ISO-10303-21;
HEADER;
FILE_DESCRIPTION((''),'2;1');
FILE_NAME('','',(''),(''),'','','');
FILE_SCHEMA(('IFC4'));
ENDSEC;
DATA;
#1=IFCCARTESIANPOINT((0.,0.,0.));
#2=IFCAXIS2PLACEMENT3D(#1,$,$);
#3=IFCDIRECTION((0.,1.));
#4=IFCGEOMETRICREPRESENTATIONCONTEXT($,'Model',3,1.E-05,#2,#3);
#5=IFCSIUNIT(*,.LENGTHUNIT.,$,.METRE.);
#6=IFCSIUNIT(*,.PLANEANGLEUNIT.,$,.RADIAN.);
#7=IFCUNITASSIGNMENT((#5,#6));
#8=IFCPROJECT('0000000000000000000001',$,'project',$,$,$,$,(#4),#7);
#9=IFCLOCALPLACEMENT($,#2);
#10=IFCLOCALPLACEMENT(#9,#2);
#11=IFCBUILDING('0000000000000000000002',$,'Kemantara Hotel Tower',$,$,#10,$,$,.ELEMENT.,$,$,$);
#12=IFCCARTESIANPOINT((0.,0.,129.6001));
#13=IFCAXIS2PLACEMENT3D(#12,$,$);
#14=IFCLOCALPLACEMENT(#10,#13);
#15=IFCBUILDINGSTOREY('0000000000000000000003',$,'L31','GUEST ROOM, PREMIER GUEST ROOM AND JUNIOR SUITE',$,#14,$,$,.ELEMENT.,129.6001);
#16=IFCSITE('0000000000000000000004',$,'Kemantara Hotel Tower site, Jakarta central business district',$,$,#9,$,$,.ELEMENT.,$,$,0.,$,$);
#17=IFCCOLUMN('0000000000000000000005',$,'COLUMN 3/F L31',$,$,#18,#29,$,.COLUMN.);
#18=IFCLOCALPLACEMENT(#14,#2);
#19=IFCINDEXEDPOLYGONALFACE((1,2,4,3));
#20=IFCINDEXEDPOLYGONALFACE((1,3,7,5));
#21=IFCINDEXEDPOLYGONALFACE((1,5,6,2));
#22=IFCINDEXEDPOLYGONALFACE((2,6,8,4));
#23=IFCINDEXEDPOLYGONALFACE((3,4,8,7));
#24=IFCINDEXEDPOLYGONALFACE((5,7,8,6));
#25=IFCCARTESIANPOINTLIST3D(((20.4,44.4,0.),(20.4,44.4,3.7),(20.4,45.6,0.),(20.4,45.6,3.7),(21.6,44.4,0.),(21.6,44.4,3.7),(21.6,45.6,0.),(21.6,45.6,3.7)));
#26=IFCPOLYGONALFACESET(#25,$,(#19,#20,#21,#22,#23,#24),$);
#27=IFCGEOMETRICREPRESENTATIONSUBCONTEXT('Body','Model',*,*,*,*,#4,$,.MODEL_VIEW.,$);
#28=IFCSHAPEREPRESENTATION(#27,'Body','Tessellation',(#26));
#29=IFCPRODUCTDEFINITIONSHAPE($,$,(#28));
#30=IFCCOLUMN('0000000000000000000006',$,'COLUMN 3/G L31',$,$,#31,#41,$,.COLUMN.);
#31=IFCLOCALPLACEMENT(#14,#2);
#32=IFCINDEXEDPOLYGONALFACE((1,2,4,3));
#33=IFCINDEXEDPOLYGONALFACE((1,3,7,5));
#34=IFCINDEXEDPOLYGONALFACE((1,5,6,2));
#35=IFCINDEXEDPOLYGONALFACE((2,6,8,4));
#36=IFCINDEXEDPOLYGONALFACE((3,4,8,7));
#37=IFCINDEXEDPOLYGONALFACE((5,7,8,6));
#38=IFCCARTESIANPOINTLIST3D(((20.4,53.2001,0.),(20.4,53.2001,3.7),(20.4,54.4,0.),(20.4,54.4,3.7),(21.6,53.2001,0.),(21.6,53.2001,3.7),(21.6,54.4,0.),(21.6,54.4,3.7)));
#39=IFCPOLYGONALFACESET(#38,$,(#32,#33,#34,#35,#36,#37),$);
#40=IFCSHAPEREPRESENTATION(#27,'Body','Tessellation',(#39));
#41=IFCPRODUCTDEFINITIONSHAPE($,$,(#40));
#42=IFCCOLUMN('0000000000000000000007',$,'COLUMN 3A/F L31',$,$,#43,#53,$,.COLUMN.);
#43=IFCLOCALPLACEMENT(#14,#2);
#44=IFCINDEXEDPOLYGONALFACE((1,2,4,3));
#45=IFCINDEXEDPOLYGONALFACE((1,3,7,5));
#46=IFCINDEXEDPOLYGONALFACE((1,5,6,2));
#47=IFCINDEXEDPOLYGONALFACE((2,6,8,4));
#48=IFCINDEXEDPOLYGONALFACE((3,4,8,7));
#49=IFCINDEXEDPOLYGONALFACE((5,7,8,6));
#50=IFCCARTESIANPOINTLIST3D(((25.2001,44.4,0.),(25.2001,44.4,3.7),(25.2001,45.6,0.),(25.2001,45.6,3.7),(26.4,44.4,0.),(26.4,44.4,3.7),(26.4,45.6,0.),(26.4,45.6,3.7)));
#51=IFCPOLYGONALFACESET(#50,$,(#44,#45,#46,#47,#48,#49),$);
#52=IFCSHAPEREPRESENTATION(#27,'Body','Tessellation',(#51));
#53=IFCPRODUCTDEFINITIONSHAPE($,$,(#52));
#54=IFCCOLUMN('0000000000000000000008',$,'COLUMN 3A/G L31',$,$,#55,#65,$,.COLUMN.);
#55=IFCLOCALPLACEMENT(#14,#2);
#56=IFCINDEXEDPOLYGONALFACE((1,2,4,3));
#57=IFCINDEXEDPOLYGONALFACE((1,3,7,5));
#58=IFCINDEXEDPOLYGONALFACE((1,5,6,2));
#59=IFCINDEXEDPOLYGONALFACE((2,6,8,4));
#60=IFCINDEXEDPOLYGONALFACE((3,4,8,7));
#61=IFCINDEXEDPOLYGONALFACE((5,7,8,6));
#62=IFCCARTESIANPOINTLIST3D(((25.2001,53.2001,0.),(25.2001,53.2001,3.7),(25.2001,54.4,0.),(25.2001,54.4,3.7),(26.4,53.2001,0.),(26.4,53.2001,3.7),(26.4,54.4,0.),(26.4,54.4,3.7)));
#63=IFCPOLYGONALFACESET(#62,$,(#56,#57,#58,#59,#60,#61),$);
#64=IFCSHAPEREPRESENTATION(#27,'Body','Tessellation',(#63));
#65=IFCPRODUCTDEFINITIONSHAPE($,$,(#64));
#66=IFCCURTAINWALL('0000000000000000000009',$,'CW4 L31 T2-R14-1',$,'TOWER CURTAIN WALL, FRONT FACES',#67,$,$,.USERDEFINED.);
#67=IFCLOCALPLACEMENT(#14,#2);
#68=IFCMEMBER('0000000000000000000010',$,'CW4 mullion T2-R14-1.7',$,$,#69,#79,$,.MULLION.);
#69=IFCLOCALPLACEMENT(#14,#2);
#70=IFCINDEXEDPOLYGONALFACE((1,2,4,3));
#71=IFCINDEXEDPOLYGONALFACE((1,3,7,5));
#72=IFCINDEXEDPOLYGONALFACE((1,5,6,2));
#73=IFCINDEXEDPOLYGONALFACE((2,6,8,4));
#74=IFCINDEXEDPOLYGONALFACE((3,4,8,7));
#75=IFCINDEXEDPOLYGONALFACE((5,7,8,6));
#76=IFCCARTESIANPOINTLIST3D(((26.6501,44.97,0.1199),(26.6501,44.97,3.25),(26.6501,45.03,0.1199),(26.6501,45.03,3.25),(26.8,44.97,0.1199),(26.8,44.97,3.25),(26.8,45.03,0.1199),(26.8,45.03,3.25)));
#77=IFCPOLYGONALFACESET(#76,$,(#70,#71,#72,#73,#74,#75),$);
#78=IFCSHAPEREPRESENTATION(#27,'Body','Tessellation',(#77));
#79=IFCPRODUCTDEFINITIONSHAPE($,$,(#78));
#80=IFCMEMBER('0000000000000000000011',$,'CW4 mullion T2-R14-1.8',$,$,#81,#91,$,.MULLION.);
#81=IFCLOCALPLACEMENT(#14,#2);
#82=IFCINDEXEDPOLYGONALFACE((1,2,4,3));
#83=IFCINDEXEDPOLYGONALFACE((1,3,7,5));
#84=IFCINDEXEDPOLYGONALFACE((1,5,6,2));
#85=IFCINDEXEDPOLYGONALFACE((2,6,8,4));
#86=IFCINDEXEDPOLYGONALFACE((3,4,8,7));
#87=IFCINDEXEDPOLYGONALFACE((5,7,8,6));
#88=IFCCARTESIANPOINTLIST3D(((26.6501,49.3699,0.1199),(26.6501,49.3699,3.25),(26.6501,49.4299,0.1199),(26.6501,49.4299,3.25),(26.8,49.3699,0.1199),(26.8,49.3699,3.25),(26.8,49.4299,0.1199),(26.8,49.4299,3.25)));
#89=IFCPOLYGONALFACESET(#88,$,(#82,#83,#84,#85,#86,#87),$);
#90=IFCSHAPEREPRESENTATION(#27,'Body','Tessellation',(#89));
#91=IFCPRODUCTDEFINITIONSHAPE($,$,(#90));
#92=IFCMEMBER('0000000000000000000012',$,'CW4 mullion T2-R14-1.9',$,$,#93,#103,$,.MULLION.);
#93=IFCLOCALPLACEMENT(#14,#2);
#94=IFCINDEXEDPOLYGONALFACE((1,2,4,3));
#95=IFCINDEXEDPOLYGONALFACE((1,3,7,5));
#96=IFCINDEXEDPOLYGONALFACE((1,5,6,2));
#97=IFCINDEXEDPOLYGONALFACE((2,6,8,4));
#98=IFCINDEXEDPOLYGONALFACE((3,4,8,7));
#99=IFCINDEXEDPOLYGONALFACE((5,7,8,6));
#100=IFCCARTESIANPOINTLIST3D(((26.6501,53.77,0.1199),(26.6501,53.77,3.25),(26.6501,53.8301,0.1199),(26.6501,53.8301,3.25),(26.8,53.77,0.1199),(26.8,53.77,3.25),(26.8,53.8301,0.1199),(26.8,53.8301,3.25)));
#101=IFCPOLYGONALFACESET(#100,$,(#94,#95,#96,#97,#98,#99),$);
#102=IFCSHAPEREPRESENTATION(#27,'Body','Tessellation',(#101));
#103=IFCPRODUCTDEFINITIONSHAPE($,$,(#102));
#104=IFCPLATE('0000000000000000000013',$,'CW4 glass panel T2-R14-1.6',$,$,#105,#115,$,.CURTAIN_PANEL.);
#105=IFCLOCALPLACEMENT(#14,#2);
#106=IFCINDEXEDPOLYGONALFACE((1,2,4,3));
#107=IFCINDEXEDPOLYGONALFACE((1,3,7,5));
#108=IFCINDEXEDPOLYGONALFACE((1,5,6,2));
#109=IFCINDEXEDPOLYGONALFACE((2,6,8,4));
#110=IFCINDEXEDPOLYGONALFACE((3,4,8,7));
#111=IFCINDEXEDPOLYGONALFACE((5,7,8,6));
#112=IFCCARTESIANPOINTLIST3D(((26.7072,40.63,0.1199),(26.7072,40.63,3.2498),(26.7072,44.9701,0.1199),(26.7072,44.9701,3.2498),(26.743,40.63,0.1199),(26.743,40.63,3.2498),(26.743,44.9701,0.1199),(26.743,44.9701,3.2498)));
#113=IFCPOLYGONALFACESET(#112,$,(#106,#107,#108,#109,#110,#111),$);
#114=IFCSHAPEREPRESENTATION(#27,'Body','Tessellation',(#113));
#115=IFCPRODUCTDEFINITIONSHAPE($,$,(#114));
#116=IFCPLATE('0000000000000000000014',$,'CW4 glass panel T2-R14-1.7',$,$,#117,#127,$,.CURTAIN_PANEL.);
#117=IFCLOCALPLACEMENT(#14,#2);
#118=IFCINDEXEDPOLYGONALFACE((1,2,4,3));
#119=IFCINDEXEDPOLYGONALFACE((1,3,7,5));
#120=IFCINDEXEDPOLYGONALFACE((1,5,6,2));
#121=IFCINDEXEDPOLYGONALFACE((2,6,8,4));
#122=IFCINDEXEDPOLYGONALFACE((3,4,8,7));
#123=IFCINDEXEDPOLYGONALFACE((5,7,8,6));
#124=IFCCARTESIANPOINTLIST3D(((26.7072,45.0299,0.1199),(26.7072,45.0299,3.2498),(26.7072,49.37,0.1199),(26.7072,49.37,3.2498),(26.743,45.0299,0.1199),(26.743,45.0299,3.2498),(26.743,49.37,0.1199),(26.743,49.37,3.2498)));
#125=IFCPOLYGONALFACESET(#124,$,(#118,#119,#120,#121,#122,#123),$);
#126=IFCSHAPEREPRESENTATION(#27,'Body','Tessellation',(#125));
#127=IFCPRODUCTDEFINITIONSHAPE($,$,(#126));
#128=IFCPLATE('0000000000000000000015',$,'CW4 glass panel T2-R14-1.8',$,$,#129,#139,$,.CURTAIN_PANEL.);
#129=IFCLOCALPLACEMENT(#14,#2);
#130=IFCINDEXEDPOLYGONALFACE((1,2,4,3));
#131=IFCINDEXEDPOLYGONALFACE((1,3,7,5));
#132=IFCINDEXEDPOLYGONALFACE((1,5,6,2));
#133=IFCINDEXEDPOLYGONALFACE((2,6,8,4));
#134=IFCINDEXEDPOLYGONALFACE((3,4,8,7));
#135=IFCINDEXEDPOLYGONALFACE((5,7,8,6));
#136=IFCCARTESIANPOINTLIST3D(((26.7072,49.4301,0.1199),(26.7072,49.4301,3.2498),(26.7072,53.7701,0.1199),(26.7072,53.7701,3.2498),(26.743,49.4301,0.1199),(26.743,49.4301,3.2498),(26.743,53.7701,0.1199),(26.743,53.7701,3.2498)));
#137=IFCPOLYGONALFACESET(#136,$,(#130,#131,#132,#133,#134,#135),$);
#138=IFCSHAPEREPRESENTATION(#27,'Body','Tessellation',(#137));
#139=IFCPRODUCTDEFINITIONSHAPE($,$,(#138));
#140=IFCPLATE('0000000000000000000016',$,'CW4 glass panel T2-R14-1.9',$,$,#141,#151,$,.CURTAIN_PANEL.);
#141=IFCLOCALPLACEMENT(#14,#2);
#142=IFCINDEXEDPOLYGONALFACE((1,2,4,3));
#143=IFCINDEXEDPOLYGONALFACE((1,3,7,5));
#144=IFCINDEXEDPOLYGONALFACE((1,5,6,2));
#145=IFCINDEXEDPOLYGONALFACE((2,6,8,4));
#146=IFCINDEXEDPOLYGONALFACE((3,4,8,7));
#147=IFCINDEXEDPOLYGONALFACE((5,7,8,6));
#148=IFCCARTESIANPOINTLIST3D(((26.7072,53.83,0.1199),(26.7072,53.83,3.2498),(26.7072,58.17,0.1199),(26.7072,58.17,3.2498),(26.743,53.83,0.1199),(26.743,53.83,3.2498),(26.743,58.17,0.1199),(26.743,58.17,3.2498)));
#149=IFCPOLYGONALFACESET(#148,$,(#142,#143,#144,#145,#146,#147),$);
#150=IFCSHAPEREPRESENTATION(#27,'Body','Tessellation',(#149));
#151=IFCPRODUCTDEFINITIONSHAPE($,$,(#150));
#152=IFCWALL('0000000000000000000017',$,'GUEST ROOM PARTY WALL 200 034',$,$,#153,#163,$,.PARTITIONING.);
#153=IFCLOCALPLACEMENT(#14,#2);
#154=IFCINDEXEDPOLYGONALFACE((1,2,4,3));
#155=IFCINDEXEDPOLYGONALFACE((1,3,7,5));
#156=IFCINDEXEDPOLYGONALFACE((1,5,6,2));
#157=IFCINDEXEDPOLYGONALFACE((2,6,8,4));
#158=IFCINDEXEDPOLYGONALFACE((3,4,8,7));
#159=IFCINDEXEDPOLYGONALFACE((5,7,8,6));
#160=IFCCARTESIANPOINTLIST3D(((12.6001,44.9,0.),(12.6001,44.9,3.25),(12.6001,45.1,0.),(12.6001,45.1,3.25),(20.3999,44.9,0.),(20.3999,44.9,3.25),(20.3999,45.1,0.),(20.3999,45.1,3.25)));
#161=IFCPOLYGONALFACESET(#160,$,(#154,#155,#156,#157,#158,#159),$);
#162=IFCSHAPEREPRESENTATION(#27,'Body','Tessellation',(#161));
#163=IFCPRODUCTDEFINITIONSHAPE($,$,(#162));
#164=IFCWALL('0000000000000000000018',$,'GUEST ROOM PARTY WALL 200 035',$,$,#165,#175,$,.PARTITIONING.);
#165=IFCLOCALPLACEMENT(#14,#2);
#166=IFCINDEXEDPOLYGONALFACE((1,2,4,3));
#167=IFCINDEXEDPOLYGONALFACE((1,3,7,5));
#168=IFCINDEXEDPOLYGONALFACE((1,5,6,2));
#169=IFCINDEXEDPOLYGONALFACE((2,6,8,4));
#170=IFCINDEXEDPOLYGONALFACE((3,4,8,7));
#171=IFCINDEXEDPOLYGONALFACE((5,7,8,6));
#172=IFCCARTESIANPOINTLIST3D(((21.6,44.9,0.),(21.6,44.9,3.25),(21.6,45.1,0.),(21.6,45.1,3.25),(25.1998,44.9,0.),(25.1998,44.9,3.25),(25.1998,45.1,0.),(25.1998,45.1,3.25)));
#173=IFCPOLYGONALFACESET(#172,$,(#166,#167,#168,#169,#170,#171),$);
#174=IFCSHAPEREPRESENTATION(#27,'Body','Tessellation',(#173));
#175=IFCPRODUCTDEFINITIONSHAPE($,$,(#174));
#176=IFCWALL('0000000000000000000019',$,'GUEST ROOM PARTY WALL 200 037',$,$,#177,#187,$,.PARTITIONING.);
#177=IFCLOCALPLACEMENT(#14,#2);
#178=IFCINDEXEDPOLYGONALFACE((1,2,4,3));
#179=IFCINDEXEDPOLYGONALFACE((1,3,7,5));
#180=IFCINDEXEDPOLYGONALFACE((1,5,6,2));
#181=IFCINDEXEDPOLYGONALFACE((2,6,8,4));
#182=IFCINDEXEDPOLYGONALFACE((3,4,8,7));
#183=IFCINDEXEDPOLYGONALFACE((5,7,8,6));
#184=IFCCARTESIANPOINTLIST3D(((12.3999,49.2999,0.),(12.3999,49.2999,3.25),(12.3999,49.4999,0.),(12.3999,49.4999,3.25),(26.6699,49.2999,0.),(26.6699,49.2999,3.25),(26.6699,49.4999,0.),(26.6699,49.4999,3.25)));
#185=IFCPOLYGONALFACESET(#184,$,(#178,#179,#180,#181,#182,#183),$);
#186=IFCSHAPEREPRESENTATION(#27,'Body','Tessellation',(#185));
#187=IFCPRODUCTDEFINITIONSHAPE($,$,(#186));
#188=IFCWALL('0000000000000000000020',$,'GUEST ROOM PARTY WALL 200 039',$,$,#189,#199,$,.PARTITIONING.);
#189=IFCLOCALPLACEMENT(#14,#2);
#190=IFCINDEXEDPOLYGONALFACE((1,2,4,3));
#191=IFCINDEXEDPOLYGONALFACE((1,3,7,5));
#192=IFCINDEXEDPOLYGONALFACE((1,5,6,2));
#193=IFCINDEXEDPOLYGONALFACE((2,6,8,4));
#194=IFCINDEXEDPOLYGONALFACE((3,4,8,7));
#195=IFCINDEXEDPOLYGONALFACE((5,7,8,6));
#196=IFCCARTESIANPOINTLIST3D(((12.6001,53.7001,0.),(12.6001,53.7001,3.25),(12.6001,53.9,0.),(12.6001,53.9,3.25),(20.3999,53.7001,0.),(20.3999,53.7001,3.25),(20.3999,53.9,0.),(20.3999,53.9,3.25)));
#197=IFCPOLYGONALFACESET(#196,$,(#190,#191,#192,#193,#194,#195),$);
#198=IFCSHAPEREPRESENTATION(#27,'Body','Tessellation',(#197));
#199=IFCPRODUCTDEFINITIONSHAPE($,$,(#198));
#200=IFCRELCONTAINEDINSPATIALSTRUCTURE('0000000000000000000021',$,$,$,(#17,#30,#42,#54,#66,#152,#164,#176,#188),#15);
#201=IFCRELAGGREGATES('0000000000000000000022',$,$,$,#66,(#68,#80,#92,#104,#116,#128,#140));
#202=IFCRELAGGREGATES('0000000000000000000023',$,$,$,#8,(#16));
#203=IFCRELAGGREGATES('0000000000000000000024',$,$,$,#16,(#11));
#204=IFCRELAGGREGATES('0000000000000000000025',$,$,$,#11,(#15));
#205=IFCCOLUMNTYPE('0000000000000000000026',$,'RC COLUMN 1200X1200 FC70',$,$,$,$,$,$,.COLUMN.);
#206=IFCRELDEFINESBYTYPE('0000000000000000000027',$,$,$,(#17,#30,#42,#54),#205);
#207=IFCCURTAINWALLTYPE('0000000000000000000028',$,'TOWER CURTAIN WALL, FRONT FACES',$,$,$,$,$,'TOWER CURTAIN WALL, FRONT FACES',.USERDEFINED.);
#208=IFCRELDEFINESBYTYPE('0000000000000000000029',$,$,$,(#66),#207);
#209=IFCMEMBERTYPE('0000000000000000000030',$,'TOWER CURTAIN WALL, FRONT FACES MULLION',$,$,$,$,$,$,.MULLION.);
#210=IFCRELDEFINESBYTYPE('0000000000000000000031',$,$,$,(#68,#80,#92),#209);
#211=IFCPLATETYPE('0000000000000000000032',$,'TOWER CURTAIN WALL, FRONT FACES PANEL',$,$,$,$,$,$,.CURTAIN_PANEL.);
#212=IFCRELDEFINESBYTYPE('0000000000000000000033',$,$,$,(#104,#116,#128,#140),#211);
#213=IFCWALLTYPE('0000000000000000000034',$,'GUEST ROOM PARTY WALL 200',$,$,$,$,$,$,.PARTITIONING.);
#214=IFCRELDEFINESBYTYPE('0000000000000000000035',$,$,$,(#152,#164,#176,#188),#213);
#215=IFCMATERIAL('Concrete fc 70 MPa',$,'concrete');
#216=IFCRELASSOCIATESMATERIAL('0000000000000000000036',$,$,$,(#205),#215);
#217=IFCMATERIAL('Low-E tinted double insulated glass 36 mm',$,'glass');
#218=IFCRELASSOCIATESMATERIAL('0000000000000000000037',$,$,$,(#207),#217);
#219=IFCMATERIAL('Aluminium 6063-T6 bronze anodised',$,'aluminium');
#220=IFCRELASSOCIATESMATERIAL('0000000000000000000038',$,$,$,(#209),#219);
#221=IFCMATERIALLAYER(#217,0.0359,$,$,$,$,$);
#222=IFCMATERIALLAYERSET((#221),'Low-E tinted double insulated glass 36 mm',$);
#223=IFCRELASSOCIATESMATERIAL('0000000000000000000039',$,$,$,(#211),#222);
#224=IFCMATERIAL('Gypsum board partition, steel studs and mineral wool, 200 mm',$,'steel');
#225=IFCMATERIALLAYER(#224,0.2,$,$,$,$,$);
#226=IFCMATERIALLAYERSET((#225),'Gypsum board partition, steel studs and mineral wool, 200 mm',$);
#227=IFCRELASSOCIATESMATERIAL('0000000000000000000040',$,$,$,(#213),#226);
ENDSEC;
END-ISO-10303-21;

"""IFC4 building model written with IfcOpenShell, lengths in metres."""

from ifc_helpers import new_model, si_unit, direction, frame, frame_2d, origin, origin_2d, place, context, subcontext, project, spatial, rectangle, extrude, source, transform, mapped, material, layer, layer_set, material_profile, profile_set, type_object, element, aggregate, save


model = new_model("IFC4")

# Units and contexts
model_context = context("Model", 3, precision=1e-05, world=origin(), true_north=direction((0.0, 1.0)))
body_context = subcontext(model_context, "Body", "Model", "MODEL_VIEW")
ifc_project = project(units=[si_unit("LENGTHUNIT", "METRE"), si_unit("PLANEANGLEUNIT", "RADIAN")], contexts=[model_context])

# Site, building, storey
site_placement = place(None, origin())
site = spatial("IfcSite", under=ifc_project, at=site_placement, Name="Kemantara Hotel Tower site, Jakarta central business district", CompositionType="ELEMENT", RefElevation=0.0)
building_placement = place(site_placement, origin())
building = spatial("IfcBuilding", under=site, at=building_placement, Name="Kemantara Hotel Tower", CompositionType="ELEMENT")
storey_placement = place(building_placement, frame((0.0, 0.0, 129.6001)))
storey = spatial("IfcBuildingStorey", under=building, at=storey_placement, Name="L31", Description="GUEST ROOM, PREMIER GUEST ROOM AND JUNIOR SUITE", CompositionType="ELEMENT", Elevation=129.6001)

# Columns
ifc_material_1 = material(Name="Concrete fc 70 MPa", Category="concrete")
ifc_material_profile_1 = material_profile(ifc_material_1, rectangle(XDim=1.2, YDim=1.2, at=origin_2d()), Name="RC 1200X1200")
ifc_profile_set_1 = profile_set([ifc_material_profile_1], Name="Concrete fc 70 MPa")
column_type = type_object("IfcColumnType", Name="RC COLUMN 1200X1200 FC70", PredefinedType="COLUMN", material=ifc_profile_set_1)
for number, where, z_axis, x_axis, name in (
    (1, (21.0, 45.0, 0.0), (0.0, 0.0, 1.0), (1.0, 0.0, 0.0), "COLUMN 3/F L31"),
    (2, (21.0, 53.8, 0.0), (0.0, 0.0, 1.0), (1.0, 0.0, 0.0), "COLUMN 3/G L31"),
    (3, (25.8, 45.0, 0.0), (0.0, 0.0, 1.0), (1.0, 0.0, 0.0), "COLUMN 3A/F L31"),
    (4, (25.8, 53.8, 0.0), (0.0, 0.0, 1.0), (1.0, 0.0, 0.0), "COLUMN 3A/G L31"),
):
    element("IfcColumn", number, at=place(storey_placement, frame(where, z_axis=z_axis, x_axis=x_axis)), inside=storey, type_object=column_type, Name=name, PredefinedType="COLUMN", context=body_context, shape_type="SweptSolid", body=[
        extrude(rectangle(XDim=1.2, YDim=1.2, at=origin_2d()), origin(), (0.0, 0.0, 1.0), 3.7),
    ])

# Curtain wall, members, plates
ifc_material_2 = material(Name="Low-E tinted double insulated glass 36 mm", Category="glass")
curtain_wall_type = type_object("IfcCurtainWallType", Name="TOWER CURTAIN WALL, FRONT FACES", ElementType="TOWER CURTAIN WALL, FRONT FACES", PredefinedType="USERDEFINED", material=ifc_material_2)
curtain_wall_placement = place(storey_placement, origin())
curtain_wall = element("IfcCurtainWall", 5, at=curtain_wall_placement, inside=storey, type_object=curtain_wall_type, Name="CW4 L31 T2-R14-1", ObjectType="TOWER CURTAIN WALL, FRONT FACES", PredefinedType="USERDEFINED")
ifc_material_3 = material(Name="Aluminium 6063-T6 bronze anodised", Category="aluminium")
ifc_material_profile_2 = material_profile(ifc_material_3, rectangle(XDim=0.1499, YDim=0.0601, at=origin_2d()), Name="TOWER CURTAIN WALL, FRONT FACES MULLION")
ifc_profile_set_2 = profile_set([ifc_material_profile_2], Name="Aluminium 6063-T6 bronze anodised")
member_type = type_object("IfcMemberType", Name="TOWER CURTAIN WALL, FRONT FACES MULLION", PredefinedType="MULLION", material=ifc_profile_set_2)
shared_shape_1 = source(origin(), body_context, "Body", "SweptSolid", [
    extrude(rectangle(XDim=0.1499, YDim=0.0601, at=origin_2d()), origin(), (0.0, 0.0, 1.0), 3.1301),
])
member_1_placement = place(storey_placement, frame((26.7251, 45.0, 0.1199), z_axis=(0.0, 0.0, 1.0), x_axis=(-1.0, 0.0, 0.0)))
member_1 = element("IfcMember", 6, at=member_1_placement, type_object=member_type, Name="CW4 mullion T2-R14-1.7", PredefinedType="MULLION", context=body_context, shape_type="MappedRepresentation", body=[
    mapped(shared_shape_1, transform((0.0, 0.0, 0.0))),
])
member_2_placement = place(storey_placement, frame((26.7251, 49.3999, 0.1199), z_axis=(0.0, 0.0, 1.0), x_axis=(-1.0, 0.0, 0.0)))
member_2 = element("IfcMember", 7, at=member_2_placement, type_object=member_type, Name="CW4 mullion T2-R14-1.8", PredefinedType="MULLION", context=body_context, shape_type="MappedRepresentation", body=[
    mapped(shared_shape_1, transform((0.0, 0.0, 0.0))),
])
member_3_placement = place(storey_placement, frame((26.7251, 53.8, 0.1199), z_axis=(0.0, 0.0, 1.0), x_axis=(-1.0, 0.0, 0.0)))
member_3 = element("IfcMember", 8, at=member_3_placement, type_object=member_type, Name="CW4 mullion T2-R14-1.9", PredefinedType="MULLION", context=body_context, shape_type="MappedRepresentation", body=[
    mapped(shared_shape_1, transform((0.0, 0.0, 0.0))),
])
ifc_layer_1 = layer(ifc_material_2, 0.0359)
ifc_layer_set_1 = layer_set([ifc_layer_1], Name="Low-E tinted double insulated glass 36 mm")
plate_type = type_object("IfcPlateType", Name="TOWER CURTAIN WALL, FRONT FACES PANEL", PredefinedType="CURTAIN_PANEL", material=ifc_layer_set_1)
shared_shape_2 = source(origin(), body_context, "Body", "SweptSolid", [
    extrude(rectangle(XDim=4.3401, YDim=0.0359, at=origin_2d()), origin(), (0.0, 0.0, 1.0), 3.1299),
])
plate_1_placement = place(storey_placement, frame((26.7251, 42.8, 0.1199), z_axis=(0.0, 0.0, 1.0), x_axis=(0.0, 1.0, 0.0)))
plate_1 = element("IfcPlate", 9, at=plate_1_placement, type_object=plate_type, Name="CW4 glass panel T2-R14-1.6", PredefinedType="CURTAIN_PANEL", context=body_context, shape_type="MappedRepresentation", body=[
    mapped(shared_shape_2, transform((0.0, 0.0, 0.0))),
])
plate_2_placement = place(storey_placement, frame((26.7251, 47.2, 0.1199), z_axis=(0.0, 0.0, 1.0), x_axis=(0.0, 1.0, 0.0)))
plate_2 = element("IfcPlate", 10, at=plate_2_placement, type_object=plate_type, Name="CW4 glass panel T2-R14-1.7", PredefinedType="CURTAIN_PANEL", context=body_context, shape_type="MappedRepresentation", body=[
    mapped(shared_shape_2, transform((0.0, 0.0, 0.0))),
])
plate_3_placement = place(storey_placement, frame((26.7251, 51.6001, 0.1199), z_axis=(0.0, 0.0, 1.0), x_axis=(0.0, 1.0, 0.0)))
plate_3 = element("IfcPlate", 11, at=plate_3_placement, type_object=plate_type, Name="CW4 glass panel T2-R14-1.8", PredefinedType="CURTAIN_PANEL", context=body_context, shape_type="MappedRepresentation", body=[
    mapped(shared_shape_2, transform((0.0, 0.0, 0.0))),
])
plate_4_placement = place(storey_placement, frame((26.7251, 56.0, 0.1199), z_axis=(0.0, 0.0, 1.0), x_axis=(0.0, 1.0, 0.0)))
plate_4 = element("IfcPlate", 12, at=plate_4_placement, type_object=plate_type, Name="CW4 glass panel T2-R14-1.9", PredefinedType="CURTAIN_PANEL", context=body_context, shape_type="MappedRepresentation", body=[
    mapped(shared_shape_2, transform((0.0, 0.0, 0.0))),
])
aggregate(curtain_wall, [member_1, member_2, member_3, plate_1, plate_2, plate_3, plate_4])

# Walls
ifc_material_4 = material(Name="Gypsum board partition, steel studs and mineral wool, 200 mm", Category="steel")
ifc_layer_2 = layer(ifc_material_4, 0.2)
ifc_layer_set_2 = layer_set([ifc_layer_2], Name="Gypsum board partition, steel studs and mineral wool, 200 mm")
wall_type_1 = type_object("IfcWallType", Name="GUEST ROOM PARTY WALL 200", PredefinedType="PARTITIONING", material=ifc_layer_set_2)
wall_1_placement = place(storey_placement, frame((12.6001, 45.0, 0.0), z_axis=(0.0, 0.0, 1.0), x_axis=(1.0, 0.0, 0.0)))
element("IfcWall", 13, at=wall_1_placement, inside=storey, type_object=wall_type_1, Name="GUEST ROOM PARTY WALL 200 034", PredefinedType="PARTITIONING", context=body_context, shape_type="SweptSolid", body=[
    extrude(rectangle(XDim=7.7998, YDim=0.2, at=frame_2d((3.8999, 0.0))), origin(), (0.0, 0.0, 1.0), 3.25),
])
wall_2_placement = place(storey_placement, frame((21.6001, 45.0, 0.0), z_axis=(0.0, 0.0, 1.0), x_axis=(1.0, 0.0, 0.0)))
element("IfcWall", 14, at=wall_2_placement, inside=storey, type_object=wall_type_1, Name="GUEST ROOM PARTY WALL 200 035", PredefinedType="PARTITIONING", context=body_context, shape_type="SweptSolid", body=[
    extrude(rectangle(XDim=3.5999, YDim=0.2, at=frame_2d((1.7998, 0.0))), origin(), (0.0, 0.0, 1.0), 3.25),
])
wall_3_placement = place(storey_placement, frame((12.3999, 49.3999, 0.0), z_axis=(0.0, 0.0, 1.0), x_axis=(1.0, 0.0, 0.0)))
element("IfcWall", 15, at=wall_3_placement, inside=storey, type_object=wall_type_1, Name="GUEST ROOM PARTY WALL 200 037", PredefinedType="PARTITIONING", context=body_context, shape_type="SweptSolid", body=[
    extrude(rectangle(XDim=14.27, YDim=0.2, at=frame_2d((7.135, 0.0))), origin(), (0.0, 0.0, 1.0), 3.25),
])
wall_4_placement = place(storey_placement, frame((12.6001, 53.8, 0.0), z_axis=(0.0, 0.0, 1.0), x_axis=(1.0, 0.0, 0.0)))
element("IfcWall", 16, at=wall_4_placement, inside=storey, type_object=wall_type_1, Name="GUEST ROOM PARTY WALL 200 039", PredefinedType="PARTITIONING", context=body_context, shape_type="SweptSolid", body=[
    extrude(rectangle(XDim=7.7998, YDim=0.2, at=frame_2d((3.8999, 0.0))), origin(), (0.0, 0.0, 1.0), 3.25),
])

save(model, "model.ifc")
